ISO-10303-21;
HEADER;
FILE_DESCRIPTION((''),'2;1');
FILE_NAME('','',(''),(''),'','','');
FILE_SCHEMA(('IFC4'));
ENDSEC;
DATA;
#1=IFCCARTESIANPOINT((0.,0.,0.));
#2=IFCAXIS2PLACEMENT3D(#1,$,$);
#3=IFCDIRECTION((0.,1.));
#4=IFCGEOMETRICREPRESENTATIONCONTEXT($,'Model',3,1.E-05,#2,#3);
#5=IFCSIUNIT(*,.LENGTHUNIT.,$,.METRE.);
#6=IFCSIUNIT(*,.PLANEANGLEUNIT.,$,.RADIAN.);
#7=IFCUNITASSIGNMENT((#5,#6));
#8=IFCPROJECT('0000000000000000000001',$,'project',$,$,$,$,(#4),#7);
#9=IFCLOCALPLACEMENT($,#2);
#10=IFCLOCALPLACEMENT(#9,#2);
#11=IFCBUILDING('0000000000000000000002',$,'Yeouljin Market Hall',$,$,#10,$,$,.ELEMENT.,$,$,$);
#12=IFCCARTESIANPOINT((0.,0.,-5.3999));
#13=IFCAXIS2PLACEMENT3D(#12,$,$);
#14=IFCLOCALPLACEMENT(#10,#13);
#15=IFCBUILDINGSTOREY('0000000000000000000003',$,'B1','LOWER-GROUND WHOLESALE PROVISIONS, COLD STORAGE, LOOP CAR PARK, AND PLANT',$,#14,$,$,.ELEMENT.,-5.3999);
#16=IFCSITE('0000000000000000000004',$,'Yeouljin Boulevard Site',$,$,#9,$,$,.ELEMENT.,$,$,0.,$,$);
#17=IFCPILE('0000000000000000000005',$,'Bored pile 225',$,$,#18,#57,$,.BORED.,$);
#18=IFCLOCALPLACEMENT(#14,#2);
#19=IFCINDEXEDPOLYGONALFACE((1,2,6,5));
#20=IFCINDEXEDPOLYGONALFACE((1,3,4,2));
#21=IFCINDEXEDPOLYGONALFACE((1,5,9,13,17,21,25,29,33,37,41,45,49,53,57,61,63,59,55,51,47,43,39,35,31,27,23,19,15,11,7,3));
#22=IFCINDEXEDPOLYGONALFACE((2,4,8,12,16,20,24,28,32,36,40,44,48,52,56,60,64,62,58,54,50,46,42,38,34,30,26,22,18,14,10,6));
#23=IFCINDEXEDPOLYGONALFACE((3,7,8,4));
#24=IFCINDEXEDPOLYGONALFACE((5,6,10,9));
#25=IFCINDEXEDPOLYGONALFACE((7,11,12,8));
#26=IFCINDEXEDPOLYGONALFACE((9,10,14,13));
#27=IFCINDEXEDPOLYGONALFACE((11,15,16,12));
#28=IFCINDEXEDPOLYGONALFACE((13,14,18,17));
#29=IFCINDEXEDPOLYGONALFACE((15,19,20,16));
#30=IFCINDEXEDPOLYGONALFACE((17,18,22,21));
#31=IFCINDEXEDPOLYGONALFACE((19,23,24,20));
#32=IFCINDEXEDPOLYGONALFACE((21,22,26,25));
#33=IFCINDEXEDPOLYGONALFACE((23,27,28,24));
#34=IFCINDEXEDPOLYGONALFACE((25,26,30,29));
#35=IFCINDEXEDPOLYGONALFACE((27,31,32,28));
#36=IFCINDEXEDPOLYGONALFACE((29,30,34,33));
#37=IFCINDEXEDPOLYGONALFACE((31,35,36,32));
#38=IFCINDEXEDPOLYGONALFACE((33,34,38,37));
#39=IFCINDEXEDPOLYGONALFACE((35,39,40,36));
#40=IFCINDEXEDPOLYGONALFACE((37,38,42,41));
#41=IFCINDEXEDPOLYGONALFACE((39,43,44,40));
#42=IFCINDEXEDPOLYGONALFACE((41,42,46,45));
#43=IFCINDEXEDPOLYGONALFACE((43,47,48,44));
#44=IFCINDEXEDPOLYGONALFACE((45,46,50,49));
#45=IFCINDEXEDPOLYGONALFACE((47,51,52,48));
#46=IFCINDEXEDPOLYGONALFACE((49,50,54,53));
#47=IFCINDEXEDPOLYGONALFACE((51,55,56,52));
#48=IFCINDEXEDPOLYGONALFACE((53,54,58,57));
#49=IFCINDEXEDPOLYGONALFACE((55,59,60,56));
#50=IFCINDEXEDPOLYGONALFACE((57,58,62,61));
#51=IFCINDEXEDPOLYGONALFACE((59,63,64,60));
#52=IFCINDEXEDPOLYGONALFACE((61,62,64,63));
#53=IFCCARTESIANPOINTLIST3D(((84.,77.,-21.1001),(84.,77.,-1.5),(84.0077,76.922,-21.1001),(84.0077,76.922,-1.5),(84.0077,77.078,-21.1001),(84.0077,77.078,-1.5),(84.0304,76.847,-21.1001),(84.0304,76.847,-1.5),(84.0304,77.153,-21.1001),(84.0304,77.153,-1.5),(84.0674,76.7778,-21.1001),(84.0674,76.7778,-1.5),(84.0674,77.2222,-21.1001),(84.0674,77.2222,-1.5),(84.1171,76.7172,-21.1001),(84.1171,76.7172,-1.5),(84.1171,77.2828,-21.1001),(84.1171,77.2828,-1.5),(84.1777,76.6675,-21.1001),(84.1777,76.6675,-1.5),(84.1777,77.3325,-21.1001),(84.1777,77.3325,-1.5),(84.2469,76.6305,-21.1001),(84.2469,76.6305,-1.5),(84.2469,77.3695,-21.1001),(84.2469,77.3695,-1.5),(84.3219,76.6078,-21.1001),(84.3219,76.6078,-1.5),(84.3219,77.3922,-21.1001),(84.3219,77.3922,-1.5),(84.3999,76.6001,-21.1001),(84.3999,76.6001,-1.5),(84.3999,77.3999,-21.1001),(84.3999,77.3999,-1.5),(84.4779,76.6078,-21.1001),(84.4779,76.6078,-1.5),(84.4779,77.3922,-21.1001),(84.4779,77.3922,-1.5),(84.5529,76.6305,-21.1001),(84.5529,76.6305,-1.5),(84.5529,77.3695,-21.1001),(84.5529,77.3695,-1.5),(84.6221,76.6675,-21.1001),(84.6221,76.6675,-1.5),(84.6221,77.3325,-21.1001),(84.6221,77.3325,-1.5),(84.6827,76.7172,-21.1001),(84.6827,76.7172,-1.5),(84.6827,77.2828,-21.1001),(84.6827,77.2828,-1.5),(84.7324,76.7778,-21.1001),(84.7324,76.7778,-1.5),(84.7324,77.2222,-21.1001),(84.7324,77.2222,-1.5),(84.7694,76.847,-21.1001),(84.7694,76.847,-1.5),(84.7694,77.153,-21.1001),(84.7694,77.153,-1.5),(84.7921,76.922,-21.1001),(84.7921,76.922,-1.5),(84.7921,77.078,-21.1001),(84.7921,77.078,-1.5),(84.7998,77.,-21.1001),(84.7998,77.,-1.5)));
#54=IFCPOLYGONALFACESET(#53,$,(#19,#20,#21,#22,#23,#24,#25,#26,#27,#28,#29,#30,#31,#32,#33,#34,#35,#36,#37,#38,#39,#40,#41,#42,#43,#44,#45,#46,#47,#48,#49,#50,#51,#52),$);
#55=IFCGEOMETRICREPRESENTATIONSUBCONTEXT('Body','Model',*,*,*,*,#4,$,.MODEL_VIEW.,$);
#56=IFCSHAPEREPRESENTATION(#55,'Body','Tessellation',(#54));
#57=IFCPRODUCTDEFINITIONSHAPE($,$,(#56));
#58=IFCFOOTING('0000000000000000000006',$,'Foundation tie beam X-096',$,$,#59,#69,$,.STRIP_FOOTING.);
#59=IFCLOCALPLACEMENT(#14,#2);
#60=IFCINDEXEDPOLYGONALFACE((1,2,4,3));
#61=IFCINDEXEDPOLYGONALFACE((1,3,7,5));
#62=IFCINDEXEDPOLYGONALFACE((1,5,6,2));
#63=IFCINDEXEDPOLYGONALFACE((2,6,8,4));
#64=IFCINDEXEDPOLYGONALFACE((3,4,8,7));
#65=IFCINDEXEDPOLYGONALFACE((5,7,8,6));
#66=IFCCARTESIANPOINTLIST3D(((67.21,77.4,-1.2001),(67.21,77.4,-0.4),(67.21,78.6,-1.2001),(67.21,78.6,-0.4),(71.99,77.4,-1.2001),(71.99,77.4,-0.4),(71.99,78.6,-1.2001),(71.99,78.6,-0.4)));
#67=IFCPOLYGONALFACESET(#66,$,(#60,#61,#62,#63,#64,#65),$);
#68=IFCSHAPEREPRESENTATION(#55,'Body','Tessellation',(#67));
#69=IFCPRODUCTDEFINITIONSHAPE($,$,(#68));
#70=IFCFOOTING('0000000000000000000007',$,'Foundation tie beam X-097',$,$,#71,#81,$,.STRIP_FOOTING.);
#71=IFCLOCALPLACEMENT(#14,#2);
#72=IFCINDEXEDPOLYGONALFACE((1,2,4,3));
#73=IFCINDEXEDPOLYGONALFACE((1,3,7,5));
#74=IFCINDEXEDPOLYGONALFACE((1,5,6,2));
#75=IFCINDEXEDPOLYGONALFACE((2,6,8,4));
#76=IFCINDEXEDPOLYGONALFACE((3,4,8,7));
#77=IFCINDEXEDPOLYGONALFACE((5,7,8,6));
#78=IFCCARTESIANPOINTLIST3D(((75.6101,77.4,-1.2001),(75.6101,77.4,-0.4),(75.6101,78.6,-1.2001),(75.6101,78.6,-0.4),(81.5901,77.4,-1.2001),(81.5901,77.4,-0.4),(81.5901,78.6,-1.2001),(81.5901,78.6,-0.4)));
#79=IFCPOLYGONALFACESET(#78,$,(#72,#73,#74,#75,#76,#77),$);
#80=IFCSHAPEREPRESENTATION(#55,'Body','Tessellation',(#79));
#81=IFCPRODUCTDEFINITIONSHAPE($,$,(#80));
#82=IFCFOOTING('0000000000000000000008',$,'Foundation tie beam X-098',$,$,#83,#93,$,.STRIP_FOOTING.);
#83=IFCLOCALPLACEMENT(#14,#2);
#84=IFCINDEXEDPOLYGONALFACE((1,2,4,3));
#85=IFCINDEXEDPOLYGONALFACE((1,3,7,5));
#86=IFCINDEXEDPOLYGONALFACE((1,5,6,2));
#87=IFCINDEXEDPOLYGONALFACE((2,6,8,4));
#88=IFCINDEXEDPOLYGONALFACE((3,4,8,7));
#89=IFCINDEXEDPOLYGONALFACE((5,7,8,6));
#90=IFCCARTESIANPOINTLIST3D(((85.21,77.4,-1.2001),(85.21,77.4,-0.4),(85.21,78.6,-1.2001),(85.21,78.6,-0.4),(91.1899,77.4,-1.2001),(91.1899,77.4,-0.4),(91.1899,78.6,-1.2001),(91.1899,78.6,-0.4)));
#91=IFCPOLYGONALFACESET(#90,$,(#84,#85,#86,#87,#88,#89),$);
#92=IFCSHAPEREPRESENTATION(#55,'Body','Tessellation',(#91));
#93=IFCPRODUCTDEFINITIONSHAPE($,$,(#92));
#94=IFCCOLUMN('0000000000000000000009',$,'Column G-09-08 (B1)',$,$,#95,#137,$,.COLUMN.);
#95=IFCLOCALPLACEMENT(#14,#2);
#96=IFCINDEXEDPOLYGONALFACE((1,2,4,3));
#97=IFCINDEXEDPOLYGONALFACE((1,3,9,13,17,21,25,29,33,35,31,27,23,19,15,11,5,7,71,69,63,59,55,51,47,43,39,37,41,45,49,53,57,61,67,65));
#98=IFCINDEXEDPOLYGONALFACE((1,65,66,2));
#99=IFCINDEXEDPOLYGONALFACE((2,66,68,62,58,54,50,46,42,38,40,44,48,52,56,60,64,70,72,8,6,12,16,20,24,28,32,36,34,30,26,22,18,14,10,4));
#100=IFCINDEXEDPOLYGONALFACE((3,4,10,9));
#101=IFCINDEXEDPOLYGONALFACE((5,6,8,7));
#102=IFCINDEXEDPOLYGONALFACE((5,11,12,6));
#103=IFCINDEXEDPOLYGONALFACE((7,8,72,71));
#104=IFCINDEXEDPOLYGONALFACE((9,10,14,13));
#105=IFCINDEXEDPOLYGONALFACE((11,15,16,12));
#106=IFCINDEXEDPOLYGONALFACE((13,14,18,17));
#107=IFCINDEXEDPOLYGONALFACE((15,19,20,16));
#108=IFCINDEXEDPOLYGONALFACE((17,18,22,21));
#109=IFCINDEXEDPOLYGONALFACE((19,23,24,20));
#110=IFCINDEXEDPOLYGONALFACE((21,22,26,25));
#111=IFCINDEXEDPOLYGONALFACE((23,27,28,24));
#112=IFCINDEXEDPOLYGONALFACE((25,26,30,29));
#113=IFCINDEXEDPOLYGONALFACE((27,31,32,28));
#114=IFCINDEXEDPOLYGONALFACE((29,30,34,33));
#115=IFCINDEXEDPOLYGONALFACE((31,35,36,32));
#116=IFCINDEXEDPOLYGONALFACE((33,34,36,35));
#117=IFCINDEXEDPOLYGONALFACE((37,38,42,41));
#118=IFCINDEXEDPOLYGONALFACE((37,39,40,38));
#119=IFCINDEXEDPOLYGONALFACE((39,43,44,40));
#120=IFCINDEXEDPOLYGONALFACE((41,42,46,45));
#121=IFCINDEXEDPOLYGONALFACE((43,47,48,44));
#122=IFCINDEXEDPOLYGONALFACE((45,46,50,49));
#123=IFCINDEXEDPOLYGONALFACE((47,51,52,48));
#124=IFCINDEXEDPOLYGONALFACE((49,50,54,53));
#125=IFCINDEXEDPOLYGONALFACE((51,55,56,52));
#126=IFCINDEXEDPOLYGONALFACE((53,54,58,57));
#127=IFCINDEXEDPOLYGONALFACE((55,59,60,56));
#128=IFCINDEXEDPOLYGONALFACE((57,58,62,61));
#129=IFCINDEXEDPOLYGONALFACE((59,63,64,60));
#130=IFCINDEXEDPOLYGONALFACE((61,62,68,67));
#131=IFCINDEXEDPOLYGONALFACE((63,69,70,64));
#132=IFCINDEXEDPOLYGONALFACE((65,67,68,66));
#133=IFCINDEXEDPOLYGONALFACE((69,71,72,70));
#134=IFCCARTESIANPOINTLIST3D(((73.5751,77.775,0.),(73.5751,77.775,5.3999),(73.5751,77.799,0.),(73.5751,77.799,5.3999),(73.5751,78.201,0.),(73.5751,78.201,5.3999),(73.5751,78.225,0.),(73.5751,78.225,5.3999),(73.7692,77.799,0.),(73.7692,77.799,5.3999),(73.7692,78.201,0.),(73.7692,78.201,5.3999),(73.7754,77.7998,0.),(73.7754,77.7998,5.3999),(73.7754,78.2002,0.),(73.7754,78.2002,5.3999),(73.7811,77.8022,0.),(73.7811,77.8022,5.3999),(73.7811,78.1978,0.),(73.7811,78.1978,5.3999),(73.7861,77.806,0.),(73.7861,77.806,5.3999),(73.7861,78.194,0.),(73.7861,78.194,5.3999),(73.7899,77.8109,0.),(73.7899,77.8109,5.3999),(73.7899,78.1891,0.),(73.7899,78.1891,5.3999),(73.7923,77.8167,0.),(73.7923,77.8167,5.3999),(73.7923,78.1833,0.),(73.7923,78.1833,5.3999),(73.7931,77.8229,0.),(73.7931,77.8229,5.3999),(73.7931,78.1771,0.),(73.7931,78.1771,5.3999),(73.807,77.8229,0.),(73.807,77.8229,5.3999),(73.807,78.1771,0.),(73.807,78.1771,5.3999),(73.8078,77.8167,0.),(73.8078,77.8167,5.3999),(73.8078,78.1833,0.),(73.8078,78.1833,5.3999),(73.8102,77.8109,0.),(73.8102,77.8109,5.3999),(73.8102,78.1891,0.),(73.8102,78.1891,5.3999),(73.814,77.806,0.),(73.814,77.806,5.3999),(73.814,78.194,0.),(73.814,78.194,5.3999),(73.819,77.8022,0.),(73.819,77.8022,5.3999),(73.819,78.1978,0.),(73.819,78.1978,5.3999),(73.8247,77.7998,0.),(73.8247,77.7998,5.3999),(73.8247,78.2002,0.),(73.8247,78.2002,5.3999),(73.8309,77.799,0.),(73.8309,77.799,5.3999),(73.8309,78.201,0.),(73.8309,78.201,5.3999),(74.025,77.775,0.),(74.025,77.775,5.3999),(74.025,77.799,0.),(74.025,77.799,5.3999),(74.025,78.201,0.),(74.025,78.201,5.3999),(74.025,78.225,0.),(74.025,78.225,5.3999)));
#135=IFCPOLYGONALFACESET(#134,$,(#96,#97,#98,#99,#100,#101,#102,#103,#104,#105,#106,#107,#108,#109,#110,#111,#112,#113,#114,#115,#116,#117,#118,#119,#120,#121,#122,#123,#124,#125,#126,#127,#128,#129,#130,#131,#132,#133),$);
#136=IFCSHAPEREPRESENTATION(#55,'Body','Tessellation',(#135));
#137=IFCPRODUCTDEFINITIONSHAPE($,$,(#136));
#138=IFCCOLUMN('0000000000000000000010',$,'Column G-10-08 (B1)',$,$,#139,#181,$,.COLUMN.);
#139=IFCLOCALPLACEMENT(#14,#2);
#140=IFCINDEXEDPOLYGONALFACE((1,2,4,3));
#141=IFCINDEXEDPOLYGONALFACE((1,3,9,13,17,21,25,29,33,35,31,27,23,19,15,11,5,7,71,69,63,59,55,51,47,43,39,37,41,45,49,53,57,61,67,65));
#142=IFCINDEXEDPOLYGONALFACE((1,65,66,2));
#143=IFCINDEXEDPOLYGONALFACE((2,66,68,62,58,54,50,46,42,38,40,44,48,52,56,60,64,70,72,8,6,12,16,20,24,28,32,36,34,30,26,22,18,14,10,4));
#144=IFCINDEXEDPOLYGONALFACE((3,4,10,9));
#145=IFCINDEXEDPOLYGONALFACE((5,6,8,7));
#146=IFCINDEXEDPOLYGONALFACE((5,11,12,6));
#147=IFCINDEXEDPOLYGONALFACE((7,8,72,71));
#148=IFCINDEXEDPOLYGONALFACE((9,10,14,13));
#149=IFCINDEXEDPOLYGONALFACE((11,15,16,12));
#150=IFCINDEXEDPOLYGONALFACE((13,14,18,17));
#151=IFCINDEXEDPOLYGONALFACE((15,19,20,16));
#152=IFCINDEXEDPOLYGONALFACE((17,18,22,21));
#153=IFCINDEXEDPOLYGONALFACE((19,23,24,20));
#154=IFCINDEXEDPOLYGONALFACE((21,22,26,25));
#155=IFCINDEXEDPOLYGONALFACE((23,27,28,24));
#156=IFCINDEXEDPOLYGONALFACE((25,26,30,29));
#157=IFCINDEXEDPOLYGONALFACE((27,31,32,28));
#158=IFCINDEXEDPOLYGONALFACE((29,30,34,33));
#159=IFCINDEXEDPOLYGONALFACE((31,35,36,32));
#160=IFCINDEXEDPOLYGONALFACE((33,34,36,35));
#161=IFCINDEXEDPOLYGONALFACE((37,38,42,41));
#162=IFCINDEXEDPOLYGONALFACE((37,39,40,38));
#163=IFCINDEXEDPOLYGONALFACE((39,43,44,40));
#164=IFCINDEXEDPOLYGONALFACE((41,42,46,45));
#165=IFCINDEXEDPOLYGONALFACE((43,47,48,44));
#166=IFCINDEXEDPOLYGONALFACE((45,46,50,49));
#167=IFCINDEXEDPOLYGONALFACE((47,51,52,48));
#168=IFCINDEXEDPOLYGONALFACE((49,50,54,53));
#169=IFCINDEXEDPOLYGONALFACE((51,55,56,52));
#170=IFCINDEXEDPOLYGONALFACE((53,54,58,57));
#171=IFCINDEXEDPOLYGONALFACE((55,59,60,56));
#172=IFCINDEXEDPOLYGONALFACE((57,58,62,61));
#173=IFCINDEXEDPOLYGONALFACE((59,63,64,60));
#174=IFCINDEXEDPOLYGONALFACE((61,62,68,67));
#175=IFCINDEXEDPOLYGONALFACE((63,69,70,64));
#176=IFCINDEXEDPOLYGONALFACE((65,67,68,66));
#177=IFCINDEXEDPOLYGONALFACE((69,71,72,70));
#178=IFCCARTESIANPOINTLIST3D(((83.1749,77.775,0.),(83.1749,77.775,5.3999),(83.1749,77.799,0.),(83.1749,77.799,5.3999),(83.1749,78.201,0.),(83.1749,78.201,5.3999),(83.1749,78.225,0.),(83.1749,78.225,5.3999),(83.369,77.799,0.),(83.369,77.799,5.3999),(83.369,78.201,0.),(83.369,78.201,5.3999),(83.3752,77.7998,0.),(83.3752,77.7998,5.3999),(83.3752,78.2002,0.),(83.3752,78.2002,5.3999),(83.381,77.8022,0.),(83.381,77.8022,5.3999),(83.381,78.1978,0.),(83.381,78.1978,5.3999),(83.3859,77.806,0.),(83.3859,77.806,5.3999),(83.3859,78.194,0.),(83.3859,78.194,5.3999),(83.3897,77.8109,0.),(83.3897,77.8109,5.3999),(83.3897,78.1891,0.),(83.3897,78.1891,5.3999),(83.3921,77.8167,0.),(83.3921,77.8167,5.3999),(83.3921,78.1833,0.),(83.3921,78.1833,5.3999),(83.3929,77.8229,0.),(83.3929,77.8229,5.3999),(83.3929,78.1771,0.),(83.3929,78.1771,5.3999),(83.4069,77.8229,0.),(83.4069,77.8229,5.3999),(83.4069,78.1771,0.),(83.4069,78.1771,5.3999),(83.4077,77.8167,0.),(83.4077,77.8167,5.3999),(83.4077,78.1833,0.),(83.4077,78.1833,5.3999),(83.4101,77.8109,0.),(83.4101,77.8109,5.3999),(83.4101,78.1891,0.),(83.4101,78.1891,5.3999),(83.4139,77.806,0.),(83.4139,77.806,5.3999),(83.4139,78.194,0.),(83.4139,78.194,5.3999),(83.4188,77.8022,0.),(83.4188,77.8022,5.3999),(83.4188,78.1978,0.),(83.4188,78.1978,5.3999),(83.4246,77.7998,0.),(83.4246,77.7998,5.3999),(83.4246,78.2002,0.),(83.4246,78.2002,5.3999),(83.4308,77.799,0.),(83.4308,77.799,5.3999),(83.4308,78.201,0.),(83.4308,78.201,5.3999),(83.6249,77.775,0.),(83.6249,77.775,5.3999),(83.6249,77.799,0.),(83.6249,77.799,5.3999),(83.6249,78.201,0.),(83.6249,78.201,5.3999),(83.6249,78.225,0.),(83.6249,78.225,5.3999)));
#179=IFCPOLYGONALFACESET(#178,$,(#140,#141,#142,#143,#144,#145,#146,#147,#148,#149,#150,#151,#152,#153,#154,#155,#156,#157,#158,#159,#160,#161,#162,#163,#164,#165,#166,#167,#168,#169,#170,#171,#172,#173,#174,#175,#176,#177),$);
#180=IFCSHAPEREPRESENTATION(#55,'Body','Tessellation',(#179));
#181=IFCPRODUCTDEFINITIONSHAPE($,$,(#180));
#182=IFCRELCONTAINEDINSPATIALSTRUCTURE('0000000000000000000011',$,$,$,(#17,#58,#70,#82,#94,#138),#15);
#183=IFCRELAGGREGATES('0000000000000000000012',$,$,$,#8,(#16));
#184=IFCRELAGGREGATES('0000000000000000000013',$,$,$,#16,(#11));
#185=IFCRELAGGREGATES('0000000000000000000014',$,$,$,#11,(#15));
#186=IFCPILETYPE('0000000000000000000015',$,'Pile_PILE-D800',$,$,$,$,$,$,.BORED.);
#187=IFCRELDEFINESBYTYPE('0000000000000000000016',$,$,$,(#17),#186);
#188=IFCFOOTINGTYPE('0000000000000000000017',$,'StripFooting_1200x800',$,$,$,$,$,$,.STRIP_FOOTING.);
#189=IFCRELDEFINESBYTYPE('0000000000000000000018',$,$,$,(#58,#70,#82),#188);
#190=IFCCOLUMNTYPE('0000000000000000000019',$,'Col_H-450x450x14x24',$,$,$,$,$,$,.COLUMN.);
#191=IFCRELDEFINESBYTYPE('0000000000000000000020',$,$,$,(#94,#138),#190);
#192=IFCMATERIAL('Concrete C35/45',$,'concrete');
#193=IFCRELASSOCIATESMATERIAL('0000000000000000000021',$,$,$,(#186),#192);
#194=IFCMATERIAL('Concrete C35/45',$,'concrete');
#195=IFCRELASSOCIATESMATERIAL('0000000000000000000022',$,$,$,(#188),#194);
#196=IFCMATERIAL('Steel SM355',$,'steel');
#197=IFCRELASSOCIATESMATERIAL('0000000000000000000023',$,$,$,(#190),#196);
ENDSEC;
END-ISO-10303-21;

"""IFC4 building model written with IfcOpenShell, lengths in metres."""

from ifc_helpers import new_model, si_unit, direction, frame, origin, origin_2d, place, context, subcontext, project, spatial, rectangle, circle, i_section, extrude, material, material_profile, profile_set, type_object, element, save


model = new_model("IFC4")

# Units and contexts
model_context = context("Model", 3, precision=1e-05, world=origin(), true_north=direction((0.0, 1.0)))
body_context = subcontext(model_context, "Body", "Model", "MODEL_VIEW")
ifc_project = project(units=[si_unit("LENGTHUNIT", "METRE"), si_unit("PLANEANGLEUNIT", "RADIAN")], contexts=[model_context])

# Site, building, storey
site_placement = place(None, origin())
site = spatial("IfcSite", under=ifc_project, at=site_placement, Name="Yeouljin Boulevard Site", CompositionType="ELEMENT", RefElevation=0.0)
building_placement = place(site_placement, origin())
building = spatial("IfcBuilding", under=site, at=building_placement, Name="Yeouljin Market Hall", CompositionType="ELEMENT")
storey_placement = place(building_placement, frame((0.0, 0.0, -5.3999)))
storey = spatial("IfcBuildingStorey", under=building, at=storey_placement, Name="B1", Description="LOWER-GROUND WHOLESALE PROVISIONS, COLD STORAGE, LOOP CAR PARK, AND PLANT", CompositionType="ELEMENT", Elevation=-5.3999)

# Pile
ifc_material_1 = material(Name="Concrete C35/45", Category="concrete")
ifc_material_profile_1 = material_profile(ifc_material_1, circle(Radius=0.3999, at=origin_2d()), Name="PILE-D800")
ifc_profile_set_1 = profile_set([ifc_material_profile_1], Name="Concrete C35/45")
pile_type_1 = type_object("IfcPileType", Name="Pile_PILE-D800", PredefinedType="BORED", material=ifc_profile_set_1)
for number, where, z_axis, x_axis, name in (
    (1, (84.3999, 77.0, -1.5), (0.0, 0.0, -1.0), (1.0, 0.0, 0.0), "Bored pile 225"),
):
    element("IfcPile", number, at=place(storey_placement, frame(where, z_axis=z_axis, x_axis=x_axis)), inside=storey, type_object=pile_type_1, Name=name, PredefinedType="BORED", context=body_context, shape_type="SweptSolid", body=[
        extrude(circle(Radius=0.3999, at=origin_2d()), origin(), (0.0, 0.0, 1.0), 19.6001),
    ])

# Footings
ifc_material_2 = material(Name="Concrete C35/45", Category="concrete")
ifc_material_profile_2 = material_profile(ifc_material_2, rectangle(XDim=1.2, YDim=0.8, at=origin_2d()), Name="SF-1200x800")
ifc_profile_set_2 = profile_set([ifc_material_profile_2], Name="Concrete C35/45")
footing_type_1 = type_object("IfcFootingType", Name="StripFooting_1200x800", PredefinedType="STRIP_FOOTING", material=ifc_profile_set_2)
footing_1_placement = place(storey_placement, frame((67.21, 78.0, -0.8), z_axis=(1.0, 0.0, 0.0), x_axis=(0.0, 1.0, 0.0)))
element("IfcFooting", 2, at=footing_1_placement, inside=storey, type_object=footing_type_1, Name="Foundation tie beam X-096", PredefinedType="STRIP_FOOTING", context=body_context, shape_type="SweptSolid", body=[
    extrude(rectangle(XDim=1.2, YDim=0.8, at=origin_2d()), origin(), (0.0, 0.0, 1.0), 4.78),
])
for number, where, z_axis, x_axis, name in (
    (3, (75.6101, 78.0, -0.8), (1.0, 0.0, 0.0), (0.0, 1.0, 0.0), "Foundation tie beam X-097"),
    (4, (85.21, 78.0, -0.8), (1.0, 0.0, 0.0), (0.0, 1.0, 0.0), "Foundation tie beam X-098"),
):
    element("IfcFooting", number, at=place(storey_placement, frame(where, z_axis=z_axis, x_axis=x_axis)), inside=storey, type_object=footing_type_1, Name=name, PredefinedType="STRIP_FOOTING", context=body_context, shape_type="SweptSolid", body=[
        extrude(rectangle(XDim=1.2, YDim=0.8, at=origin_2d()), origin(), (0.0, 0.0, 1.0), 5.98),
    ])

# Columns
ifc_material_3 = material(Name="Steel SM355", Category="steel")
ifc_material_profile_3 = material_profile(ifc_material_3, i_section(OverallWidth=0.45, OverallDepth=0.45, WebThickness=0.0139, FlangeThickness=0.0239, FilletRadius=0.0239, at=origin_2d()), Name="H-450x450x14x24")
ifc_profile_set_3 = profile_set([ifc_material_profile_3], Name="Steel SM355")
column_type_1 = type_object("IfcColumnType", Name="Col_H-450x450x14x24", PredefinedType="COLUMN", material=ifc_profile_set_3)
for number, where, z_axis, x_axis, name in (
    (5, (73.8, 78.0, 0.0), (0.0, 0.0, 1.0), (1.0, 0.0, 0.0), "Column G-09-08 (B1)"),
    (6, (83.3999, 78.0, 0.0), (0.0, 0.0, 1.0), (1.0, 0.0, 0.0), "Column G-10-08 (B1)"),
):
    element("IfcColumn", number, at=place(storey_placement, frame(where, z_axis=z_axis, x_axis=x_axis)), inside=storey, type_object=column_type_1, Name=name, PredefinedType="COLUMN", context=body_context, shape_type="SweptSolid", body=[
        extrude(i_section(OverallWidth=0.45, OverallDepth=0.45, WebThickness=0.0139, FlangeThickness=0.0239, FilletRadius=0.0239, at=origin_2d()), origin(), (0.0, 0.0, 1.0), 5.3999),
    ])

save(model, "model.ifc")
